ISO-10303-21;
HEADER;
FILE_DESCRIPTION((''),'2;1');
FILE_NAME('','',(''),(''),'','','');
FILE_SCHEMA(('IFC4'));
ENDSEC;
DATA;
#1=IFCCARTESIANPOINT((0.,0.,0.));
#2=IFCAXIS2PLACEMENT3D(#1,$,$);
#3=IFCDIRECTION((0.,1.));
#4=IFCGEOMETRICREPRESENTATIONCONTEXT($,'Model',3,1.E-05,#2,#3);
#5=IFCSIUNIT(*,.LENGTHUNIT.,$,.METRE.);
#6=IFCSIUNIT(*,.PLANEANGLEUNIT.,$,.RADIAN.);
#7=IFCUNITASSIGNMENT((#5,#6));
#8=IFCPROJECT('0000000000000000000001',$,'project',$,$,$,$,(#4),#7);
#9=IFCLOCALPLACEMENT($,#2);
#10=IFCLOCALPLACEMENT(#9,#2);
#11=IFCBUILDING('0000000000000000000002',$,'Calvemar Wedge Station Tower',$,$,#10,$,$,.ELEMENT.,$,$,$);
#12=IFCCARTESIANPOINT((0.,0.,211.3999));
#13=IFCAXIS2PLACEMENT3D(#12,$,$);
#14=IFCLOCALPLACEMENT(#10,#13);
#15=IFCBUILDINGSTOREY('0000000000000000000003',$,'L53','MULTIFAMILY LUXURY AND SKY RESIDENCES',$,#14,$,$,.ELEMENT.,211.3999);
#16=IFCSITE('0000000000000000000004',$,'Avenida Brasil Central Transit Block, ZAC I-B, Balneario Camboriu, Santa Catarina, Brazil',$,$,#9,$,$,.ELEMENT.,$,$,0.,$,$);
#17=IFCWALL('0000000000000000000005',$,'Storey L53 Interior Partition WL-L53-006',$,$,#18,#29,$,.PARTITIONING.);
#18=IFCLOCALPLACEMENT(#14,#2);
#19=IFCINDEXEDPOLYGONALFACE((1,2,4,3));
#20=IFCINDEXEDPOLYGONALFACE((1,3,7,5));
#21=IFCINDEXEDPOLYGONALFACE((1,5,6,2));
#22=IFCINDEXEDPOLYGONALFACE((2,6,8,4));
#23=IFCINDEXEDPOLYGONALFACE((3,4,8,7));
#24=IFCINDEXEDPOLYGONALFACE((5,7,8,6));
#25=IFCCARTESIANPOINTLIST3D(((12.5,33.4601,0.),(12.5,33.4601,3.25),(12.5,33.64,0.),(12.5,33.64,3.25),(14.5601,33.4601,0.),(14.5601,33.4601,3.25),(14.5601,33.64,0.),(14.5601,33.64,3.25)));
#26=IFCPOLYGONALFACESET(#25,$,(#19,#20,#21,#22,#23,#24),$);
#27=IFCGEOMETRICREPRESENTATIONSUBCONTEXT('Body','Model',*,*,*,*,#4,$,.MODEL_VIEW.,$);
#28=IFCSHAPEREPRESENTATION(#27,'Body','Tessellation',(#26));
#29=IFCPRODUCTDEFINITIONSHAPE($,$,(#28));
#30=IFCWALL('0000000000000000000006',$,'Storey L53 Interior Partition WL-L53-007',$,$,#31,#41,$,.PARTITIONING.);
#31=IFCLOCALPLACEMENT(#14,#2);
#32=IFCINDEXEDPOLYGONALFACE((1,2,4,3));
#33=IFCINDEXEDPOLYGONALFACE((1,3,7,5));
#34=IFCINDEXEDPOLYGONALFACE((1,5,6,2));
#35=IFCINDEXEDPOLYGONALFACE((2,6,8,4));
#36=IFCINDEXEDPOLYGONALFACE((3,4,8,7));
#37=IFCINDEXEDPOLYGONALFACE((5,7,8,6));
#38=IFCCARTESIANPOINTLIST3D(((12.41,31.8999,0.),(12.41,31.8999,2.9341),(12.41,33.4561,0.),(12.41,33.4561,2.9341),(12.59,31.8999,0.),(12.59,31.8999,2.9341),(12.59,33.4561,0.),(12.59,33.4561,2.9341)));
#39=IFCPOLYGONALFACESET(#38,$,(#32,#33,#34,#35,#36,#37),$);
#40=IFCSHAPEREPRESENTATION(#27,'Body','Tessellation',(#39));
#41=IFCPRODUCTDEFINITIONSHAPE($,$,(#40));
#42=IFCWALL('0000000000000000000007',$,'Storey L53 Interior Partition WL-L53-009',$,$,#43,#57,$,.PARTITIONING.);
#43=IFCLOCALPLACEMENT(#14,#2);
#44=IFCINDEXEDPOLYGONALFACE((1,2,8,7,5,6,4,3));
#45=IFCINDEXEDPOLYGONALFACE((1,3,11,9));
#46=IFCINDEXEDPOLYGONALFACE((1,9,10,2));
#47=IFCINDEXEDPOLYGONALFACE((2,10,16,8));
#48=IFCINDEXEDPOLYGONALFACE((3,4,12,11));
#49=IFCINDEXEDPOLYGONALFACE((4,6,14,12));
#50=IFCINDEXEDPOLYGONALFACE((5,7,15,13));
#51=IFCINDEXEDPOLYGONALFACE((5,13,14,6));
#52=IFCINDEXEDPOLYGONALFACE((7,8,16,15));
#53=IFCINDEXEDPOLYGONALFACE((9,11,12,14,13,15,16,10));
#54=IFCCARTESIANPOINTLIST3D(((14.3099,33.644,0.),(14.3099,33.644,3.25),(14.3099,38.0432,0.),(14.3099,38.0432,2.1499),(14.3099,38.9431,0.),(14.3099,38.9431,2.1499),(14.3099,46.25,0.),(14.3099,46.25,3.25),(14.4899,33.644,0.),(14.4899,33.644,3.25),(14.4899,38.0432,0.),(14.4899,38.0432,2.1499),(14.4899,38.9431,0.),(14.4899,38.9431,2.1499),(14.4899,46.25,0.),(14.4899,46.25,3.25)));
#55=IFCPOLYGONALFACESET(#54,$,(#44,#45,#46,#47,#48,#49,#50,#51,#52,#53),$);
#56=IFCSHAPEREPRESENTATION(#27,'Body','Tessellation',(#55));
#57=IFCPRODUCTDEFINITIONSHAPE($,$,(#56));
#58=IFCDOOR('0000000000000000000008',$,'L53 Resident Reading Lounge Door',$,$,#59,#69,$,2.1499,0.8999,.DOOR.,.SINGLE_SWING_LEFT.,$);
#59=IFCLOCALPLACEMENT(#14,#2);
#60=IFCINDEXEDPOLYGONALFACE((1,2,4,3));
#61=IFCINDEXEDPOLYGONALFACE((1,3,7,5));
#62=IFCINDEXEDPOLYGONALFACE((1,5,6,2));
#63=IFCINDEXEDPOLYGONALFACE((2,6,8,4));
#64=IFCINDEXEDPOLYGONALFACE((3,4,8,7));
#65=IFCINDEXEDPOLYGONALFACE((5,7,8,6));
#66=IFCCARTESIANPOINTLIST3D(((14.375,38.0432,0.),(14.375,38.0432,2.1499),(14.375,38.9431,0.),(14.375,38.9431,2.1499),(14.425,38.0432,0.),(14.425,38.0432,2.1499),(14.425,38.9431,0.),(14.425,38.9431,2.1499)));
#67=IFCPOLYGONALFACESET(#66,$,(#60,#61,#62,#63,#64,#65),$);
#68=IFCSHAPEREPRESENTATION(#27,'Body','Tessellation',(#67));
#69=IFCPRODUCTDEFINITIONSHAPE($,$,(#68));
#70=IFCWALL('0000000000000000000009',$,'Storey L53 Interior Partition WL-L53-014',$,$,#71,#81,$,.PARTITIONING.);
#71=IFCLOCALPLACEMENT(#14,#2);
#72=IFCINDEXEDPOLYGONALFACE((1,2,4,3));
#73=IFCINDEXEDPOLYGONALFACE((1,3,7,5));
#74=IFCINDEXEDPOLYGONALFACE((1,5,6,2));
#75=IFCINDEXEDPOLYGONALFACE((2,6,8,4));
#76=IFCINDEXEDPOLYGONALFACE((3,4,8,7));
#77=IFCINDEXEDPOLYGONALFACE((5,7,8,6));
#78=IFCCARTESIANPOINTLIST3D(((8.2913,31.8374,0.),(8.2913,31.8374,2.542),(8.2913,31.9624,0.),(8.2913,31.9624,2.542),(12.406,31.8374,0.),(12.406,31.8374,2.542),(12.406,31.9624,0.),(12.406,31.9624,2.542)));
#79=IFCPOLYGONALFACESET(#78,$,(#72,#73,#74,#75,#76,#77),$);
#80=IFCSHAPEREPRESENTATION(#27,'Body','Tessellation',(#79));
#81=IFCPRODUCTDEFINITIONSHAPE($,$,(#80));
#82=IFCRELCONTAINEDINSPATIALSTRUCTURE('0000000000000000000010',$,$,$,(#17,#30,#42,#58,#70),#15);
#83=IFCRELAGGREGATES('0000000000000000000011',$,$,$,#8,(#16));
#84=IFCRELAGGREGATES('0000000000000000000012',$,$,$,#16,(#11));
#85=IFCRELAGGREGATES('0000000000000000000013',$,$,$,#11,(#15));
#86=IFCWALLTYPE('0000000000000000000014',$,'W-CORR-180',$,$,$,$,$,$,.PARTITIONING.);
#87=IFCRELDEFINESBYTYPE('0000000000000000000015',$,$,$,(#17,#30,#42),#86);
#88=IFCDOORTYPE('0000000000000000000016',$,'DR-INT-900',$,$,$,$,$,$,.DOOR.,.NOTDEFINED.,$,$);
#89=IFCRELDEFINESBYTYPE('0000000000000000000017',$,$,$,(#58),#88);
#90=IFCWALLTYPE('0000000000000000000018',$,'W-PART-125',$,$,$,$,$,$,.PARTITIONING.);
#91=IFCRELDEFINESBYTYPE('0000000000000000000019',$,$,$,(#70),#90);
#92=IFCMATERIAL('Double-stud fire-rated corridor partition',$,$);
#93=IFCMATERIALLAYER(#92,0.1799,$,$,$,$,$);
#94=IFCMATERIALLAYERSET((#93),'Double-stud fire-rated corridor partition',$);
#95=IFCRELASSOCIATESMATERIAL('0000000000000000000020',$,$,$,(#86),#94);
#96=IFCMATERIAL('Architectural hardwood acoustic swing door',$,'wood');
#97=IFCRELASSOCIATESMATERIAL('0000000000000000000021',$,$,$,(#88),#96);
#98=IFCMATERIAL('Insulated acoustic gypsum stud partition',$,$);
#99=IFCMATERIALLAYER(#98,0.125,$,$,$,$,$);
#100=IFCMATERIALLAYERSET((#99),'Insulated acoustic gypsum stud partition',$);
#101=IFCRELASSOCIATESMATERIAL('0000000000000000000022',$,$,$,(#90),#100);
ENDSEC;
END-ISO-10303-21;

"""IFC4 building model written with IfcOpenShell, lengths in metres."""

from ifc_helpers import new_model, si_unit, direction, frame, frame_2d, origin, place, context, subcontext, project, spatial, rectangle, extrude, source, transform, mapped, material, layer, layer_set, type_object, element, fill, save


model = new_model("IFC4")

# Units and contexts
model_context = context("Model", 3, precision=1e-05, world=origin(), true_north=direction((0.0, 1.0)))
body_context = subcontext(model_context, "Body", "Model", "MODEL_VIEW")
ifc_project = project(units=[si_unit("LENGTHUNIT", "METRE"), si_unit("PLANEANGLEUNIT", "RADIAN")], contexts=[model_context])

# Site, building, storey
site_placement = place(None, origin())
site = spatial("IfcSite", under=ifc_project, at=site_placement, Name="Avenida Brasil Central Transit Block, ZAC I-B, Balneario Camboriu, Santa Catarina, Brazil", CompositionType="ELEMENT", RefElevation=0.0)
building_placement = place(site_placement, origin())
building = spatial("IfcBuilding", under=site, at=building_placement, Name="Calvemar Wedge Station Tower", CompositionType="ELEMENT")
storey_placement = place(building_placement, frame((0.0, 0.0, 211.3999)))
storey = spatial("IfcBuildingStorey", under=building, at=storey_placement, Name="L53", Description="MULTIFAMILY LUXURY AND SKY RESIDENCES", CompositionType="ELEMENT", Elevation=211.3999)

# Walls
ifc_material_1 = material(Name="Double-stud fire-rated corridor partition")
ifc_layer_1 = layer(ifc_material_1, 0.1799)
ifc_layer_set_1 = layer_set([ifc_layer_1], Name="Double-stud fire-rated corridor partition")
wall_type_1 = type_object("IfcWallType", Name="W-CORR-180", PredefinedType="PARTITIONING", material=ifc_layer_set_1)
wall_1_placement = place(storey_placement, frame((12.5, 33.55, 0.0), z_axis=(0.0, 0.0, 1.0), x_axis=(1.0, 0.0, 0.0)))
element("IfcWall", 1, at=wall_1_placement, inside=storey, type_object=wall_type_1, Name="Storey L53 Interior Partition WL-L53-006", PredefinedType="PARTITIONING", context=body_context, shape_type="SweptSolid", body=[
    extrude(rectangle(XDim=2.0601, YDim=0.1799, at=frame_2d((1.03, 0.0))), origin(), (0.0, 0.0, 1.0), 3.25),
])
wall_2_placement = place(storey_placement, frame((12.5, 31.8999, 0.0), z_axis=(0.0, 0.0, 1.0), x_axis=(0.0, 1.0, 0.0)))
element("IfcWall", 2, at=wall_2_placement, inside=storey, type_object=wall_type_1, Name="Storey L53 Interior Partition WL-L53-007", PredefinedType="PARTITIONING", context=body_context, shape_type="SweptSolid", body=[
    extrude(rectangle(XDim=1.5562, YDim=0.1799, at=frame_2d((0.7781, 0.0))), origin(), (0.0, 0.0, 1.0), 2.9341),
])

# Wall, opening, door
wall_3_placement = place(storey_placement, frame((14.3999, 33.644, 0.0), z_axis=(0.0, 0.0, 1.0), x_axis=(0.0, 1.0, 0.0)))
wall_3 = element("IfcWall", 3, at=wall_3_placement, inside=storey, type_object=wall_type_1, Name="Storey L53 Interior Partition WL-L53-009", PredefinedType="PARTITIONING", context=body_context, shape_type="SweptSolid", body=[
    extrude(rectangle(XDim=12.606, YDim=0.1799, at=frame_2d((6.303, 0.0))), origin(), (0.0, 0.0, 1.0), 3.25),
])
shared_shape_1 = source(origin(), body_context, "Body", "SweptSolid", [
    extrude(rectangle(XDim=0.8999, YDim=2.1499, at=frame_2d((0.45, 1.075))), frame((0.0, 0.1001, 0.0), z_axis=(0.0, -1.0, 0.0), x_axis=(1.0, 0.0, 0.0)), (0.0, 0.0, 1.0), 0.2),
])
opening_1_placement = place(wall_3_placement, frame((4.3992, 0.0, 0.0)))
opening_1 = element("IfcOpeningElement", 4, at=opening_1_placement, cuts=wall_3, PredefinedType="OPENING", context=body_context, shape_type="MappedRepresentation", body=[
    mapped(shared_shape_1, transform((0.0, 0.0, 0.0), scale=1.0)),
])
ifc_material_2 = material(Name="Architectural hardwood acoustic swing door", Category="wood")
door_type_1 = type_object("IfcDoorType", Name="DR-INT-900", OperationType="NOTDEFINED", PredefinedType="DOOR", material=ifc_material_2)
shared_shape_2 = source(origin(), body_context, "Body", "SweptSolid", [
    extrude(rectangle(XDim=0.8999, YDim=2.1499, at=frame_2d((0.45, 1.075))), frame((0.0, 0.0249, 0.0), z_axis=(0.0, -1.0, 0.0), x_axis=(1.0, 0.0, 0.0)), (0.0, 0.0, 1.0), 0.05),
])
door_1_placement = place(opening_1_placement, origin())
door_1 = element("IfcDoor", 5, at=door_1_placement, inside=storey, type_object=door_type_1, Name="L53 Resident Reading Lounge Door", OperationType="SINGLE_SWING_LEFT", OverallHeight=2.1499, OverallWidth=0.8999, PredefinedType="DOOR", context=body_context, shape_type="MappedRepresentation", body=[
    mapped(shared_shape_2, transform((0.0, 0.0, 0.0), scale=1.0)),
])
fill(opening_1, door_1)

# Wall
ifc_material_3 = material(Name="Insulated acoustic gypsum stud partition")
ifc_layer_2 = layer(ifc_material_3, 0.125)
ifc_layer_set_2 = layer_set([ifc_layer_2], Name="Insulated acoustic gypsum stud partition")
wall_type_2 = type_object("IfcWallType", Name="W-PART-125", PredefinedType="PARTITIONING", material=ifc_layer_set_2)
wall_4_placement = place(storey_placement, frame((12.406, 31.8999, 0.0), z_axis=(0.0, 0.0, 1.0), x_axis=(-1.0, 0.0, 0.0)))
element("IfcWall", 6, at=wall_4_placement, inside=storey, type_object=wall_type_2, Name="Storey L53 Interior Partition WL-L53-014", PredefinedType="PARTITIONING", context=body_context, shape_type="SweptSolid", body=[
    extrude(rectangle(XDim=4.1147, YDim=0.125, at=frame_2d((2.0574, 0.0))), origin(), (0.0, 0.0, 1.0), 2.542),
])

save(model, "model.ifc")
